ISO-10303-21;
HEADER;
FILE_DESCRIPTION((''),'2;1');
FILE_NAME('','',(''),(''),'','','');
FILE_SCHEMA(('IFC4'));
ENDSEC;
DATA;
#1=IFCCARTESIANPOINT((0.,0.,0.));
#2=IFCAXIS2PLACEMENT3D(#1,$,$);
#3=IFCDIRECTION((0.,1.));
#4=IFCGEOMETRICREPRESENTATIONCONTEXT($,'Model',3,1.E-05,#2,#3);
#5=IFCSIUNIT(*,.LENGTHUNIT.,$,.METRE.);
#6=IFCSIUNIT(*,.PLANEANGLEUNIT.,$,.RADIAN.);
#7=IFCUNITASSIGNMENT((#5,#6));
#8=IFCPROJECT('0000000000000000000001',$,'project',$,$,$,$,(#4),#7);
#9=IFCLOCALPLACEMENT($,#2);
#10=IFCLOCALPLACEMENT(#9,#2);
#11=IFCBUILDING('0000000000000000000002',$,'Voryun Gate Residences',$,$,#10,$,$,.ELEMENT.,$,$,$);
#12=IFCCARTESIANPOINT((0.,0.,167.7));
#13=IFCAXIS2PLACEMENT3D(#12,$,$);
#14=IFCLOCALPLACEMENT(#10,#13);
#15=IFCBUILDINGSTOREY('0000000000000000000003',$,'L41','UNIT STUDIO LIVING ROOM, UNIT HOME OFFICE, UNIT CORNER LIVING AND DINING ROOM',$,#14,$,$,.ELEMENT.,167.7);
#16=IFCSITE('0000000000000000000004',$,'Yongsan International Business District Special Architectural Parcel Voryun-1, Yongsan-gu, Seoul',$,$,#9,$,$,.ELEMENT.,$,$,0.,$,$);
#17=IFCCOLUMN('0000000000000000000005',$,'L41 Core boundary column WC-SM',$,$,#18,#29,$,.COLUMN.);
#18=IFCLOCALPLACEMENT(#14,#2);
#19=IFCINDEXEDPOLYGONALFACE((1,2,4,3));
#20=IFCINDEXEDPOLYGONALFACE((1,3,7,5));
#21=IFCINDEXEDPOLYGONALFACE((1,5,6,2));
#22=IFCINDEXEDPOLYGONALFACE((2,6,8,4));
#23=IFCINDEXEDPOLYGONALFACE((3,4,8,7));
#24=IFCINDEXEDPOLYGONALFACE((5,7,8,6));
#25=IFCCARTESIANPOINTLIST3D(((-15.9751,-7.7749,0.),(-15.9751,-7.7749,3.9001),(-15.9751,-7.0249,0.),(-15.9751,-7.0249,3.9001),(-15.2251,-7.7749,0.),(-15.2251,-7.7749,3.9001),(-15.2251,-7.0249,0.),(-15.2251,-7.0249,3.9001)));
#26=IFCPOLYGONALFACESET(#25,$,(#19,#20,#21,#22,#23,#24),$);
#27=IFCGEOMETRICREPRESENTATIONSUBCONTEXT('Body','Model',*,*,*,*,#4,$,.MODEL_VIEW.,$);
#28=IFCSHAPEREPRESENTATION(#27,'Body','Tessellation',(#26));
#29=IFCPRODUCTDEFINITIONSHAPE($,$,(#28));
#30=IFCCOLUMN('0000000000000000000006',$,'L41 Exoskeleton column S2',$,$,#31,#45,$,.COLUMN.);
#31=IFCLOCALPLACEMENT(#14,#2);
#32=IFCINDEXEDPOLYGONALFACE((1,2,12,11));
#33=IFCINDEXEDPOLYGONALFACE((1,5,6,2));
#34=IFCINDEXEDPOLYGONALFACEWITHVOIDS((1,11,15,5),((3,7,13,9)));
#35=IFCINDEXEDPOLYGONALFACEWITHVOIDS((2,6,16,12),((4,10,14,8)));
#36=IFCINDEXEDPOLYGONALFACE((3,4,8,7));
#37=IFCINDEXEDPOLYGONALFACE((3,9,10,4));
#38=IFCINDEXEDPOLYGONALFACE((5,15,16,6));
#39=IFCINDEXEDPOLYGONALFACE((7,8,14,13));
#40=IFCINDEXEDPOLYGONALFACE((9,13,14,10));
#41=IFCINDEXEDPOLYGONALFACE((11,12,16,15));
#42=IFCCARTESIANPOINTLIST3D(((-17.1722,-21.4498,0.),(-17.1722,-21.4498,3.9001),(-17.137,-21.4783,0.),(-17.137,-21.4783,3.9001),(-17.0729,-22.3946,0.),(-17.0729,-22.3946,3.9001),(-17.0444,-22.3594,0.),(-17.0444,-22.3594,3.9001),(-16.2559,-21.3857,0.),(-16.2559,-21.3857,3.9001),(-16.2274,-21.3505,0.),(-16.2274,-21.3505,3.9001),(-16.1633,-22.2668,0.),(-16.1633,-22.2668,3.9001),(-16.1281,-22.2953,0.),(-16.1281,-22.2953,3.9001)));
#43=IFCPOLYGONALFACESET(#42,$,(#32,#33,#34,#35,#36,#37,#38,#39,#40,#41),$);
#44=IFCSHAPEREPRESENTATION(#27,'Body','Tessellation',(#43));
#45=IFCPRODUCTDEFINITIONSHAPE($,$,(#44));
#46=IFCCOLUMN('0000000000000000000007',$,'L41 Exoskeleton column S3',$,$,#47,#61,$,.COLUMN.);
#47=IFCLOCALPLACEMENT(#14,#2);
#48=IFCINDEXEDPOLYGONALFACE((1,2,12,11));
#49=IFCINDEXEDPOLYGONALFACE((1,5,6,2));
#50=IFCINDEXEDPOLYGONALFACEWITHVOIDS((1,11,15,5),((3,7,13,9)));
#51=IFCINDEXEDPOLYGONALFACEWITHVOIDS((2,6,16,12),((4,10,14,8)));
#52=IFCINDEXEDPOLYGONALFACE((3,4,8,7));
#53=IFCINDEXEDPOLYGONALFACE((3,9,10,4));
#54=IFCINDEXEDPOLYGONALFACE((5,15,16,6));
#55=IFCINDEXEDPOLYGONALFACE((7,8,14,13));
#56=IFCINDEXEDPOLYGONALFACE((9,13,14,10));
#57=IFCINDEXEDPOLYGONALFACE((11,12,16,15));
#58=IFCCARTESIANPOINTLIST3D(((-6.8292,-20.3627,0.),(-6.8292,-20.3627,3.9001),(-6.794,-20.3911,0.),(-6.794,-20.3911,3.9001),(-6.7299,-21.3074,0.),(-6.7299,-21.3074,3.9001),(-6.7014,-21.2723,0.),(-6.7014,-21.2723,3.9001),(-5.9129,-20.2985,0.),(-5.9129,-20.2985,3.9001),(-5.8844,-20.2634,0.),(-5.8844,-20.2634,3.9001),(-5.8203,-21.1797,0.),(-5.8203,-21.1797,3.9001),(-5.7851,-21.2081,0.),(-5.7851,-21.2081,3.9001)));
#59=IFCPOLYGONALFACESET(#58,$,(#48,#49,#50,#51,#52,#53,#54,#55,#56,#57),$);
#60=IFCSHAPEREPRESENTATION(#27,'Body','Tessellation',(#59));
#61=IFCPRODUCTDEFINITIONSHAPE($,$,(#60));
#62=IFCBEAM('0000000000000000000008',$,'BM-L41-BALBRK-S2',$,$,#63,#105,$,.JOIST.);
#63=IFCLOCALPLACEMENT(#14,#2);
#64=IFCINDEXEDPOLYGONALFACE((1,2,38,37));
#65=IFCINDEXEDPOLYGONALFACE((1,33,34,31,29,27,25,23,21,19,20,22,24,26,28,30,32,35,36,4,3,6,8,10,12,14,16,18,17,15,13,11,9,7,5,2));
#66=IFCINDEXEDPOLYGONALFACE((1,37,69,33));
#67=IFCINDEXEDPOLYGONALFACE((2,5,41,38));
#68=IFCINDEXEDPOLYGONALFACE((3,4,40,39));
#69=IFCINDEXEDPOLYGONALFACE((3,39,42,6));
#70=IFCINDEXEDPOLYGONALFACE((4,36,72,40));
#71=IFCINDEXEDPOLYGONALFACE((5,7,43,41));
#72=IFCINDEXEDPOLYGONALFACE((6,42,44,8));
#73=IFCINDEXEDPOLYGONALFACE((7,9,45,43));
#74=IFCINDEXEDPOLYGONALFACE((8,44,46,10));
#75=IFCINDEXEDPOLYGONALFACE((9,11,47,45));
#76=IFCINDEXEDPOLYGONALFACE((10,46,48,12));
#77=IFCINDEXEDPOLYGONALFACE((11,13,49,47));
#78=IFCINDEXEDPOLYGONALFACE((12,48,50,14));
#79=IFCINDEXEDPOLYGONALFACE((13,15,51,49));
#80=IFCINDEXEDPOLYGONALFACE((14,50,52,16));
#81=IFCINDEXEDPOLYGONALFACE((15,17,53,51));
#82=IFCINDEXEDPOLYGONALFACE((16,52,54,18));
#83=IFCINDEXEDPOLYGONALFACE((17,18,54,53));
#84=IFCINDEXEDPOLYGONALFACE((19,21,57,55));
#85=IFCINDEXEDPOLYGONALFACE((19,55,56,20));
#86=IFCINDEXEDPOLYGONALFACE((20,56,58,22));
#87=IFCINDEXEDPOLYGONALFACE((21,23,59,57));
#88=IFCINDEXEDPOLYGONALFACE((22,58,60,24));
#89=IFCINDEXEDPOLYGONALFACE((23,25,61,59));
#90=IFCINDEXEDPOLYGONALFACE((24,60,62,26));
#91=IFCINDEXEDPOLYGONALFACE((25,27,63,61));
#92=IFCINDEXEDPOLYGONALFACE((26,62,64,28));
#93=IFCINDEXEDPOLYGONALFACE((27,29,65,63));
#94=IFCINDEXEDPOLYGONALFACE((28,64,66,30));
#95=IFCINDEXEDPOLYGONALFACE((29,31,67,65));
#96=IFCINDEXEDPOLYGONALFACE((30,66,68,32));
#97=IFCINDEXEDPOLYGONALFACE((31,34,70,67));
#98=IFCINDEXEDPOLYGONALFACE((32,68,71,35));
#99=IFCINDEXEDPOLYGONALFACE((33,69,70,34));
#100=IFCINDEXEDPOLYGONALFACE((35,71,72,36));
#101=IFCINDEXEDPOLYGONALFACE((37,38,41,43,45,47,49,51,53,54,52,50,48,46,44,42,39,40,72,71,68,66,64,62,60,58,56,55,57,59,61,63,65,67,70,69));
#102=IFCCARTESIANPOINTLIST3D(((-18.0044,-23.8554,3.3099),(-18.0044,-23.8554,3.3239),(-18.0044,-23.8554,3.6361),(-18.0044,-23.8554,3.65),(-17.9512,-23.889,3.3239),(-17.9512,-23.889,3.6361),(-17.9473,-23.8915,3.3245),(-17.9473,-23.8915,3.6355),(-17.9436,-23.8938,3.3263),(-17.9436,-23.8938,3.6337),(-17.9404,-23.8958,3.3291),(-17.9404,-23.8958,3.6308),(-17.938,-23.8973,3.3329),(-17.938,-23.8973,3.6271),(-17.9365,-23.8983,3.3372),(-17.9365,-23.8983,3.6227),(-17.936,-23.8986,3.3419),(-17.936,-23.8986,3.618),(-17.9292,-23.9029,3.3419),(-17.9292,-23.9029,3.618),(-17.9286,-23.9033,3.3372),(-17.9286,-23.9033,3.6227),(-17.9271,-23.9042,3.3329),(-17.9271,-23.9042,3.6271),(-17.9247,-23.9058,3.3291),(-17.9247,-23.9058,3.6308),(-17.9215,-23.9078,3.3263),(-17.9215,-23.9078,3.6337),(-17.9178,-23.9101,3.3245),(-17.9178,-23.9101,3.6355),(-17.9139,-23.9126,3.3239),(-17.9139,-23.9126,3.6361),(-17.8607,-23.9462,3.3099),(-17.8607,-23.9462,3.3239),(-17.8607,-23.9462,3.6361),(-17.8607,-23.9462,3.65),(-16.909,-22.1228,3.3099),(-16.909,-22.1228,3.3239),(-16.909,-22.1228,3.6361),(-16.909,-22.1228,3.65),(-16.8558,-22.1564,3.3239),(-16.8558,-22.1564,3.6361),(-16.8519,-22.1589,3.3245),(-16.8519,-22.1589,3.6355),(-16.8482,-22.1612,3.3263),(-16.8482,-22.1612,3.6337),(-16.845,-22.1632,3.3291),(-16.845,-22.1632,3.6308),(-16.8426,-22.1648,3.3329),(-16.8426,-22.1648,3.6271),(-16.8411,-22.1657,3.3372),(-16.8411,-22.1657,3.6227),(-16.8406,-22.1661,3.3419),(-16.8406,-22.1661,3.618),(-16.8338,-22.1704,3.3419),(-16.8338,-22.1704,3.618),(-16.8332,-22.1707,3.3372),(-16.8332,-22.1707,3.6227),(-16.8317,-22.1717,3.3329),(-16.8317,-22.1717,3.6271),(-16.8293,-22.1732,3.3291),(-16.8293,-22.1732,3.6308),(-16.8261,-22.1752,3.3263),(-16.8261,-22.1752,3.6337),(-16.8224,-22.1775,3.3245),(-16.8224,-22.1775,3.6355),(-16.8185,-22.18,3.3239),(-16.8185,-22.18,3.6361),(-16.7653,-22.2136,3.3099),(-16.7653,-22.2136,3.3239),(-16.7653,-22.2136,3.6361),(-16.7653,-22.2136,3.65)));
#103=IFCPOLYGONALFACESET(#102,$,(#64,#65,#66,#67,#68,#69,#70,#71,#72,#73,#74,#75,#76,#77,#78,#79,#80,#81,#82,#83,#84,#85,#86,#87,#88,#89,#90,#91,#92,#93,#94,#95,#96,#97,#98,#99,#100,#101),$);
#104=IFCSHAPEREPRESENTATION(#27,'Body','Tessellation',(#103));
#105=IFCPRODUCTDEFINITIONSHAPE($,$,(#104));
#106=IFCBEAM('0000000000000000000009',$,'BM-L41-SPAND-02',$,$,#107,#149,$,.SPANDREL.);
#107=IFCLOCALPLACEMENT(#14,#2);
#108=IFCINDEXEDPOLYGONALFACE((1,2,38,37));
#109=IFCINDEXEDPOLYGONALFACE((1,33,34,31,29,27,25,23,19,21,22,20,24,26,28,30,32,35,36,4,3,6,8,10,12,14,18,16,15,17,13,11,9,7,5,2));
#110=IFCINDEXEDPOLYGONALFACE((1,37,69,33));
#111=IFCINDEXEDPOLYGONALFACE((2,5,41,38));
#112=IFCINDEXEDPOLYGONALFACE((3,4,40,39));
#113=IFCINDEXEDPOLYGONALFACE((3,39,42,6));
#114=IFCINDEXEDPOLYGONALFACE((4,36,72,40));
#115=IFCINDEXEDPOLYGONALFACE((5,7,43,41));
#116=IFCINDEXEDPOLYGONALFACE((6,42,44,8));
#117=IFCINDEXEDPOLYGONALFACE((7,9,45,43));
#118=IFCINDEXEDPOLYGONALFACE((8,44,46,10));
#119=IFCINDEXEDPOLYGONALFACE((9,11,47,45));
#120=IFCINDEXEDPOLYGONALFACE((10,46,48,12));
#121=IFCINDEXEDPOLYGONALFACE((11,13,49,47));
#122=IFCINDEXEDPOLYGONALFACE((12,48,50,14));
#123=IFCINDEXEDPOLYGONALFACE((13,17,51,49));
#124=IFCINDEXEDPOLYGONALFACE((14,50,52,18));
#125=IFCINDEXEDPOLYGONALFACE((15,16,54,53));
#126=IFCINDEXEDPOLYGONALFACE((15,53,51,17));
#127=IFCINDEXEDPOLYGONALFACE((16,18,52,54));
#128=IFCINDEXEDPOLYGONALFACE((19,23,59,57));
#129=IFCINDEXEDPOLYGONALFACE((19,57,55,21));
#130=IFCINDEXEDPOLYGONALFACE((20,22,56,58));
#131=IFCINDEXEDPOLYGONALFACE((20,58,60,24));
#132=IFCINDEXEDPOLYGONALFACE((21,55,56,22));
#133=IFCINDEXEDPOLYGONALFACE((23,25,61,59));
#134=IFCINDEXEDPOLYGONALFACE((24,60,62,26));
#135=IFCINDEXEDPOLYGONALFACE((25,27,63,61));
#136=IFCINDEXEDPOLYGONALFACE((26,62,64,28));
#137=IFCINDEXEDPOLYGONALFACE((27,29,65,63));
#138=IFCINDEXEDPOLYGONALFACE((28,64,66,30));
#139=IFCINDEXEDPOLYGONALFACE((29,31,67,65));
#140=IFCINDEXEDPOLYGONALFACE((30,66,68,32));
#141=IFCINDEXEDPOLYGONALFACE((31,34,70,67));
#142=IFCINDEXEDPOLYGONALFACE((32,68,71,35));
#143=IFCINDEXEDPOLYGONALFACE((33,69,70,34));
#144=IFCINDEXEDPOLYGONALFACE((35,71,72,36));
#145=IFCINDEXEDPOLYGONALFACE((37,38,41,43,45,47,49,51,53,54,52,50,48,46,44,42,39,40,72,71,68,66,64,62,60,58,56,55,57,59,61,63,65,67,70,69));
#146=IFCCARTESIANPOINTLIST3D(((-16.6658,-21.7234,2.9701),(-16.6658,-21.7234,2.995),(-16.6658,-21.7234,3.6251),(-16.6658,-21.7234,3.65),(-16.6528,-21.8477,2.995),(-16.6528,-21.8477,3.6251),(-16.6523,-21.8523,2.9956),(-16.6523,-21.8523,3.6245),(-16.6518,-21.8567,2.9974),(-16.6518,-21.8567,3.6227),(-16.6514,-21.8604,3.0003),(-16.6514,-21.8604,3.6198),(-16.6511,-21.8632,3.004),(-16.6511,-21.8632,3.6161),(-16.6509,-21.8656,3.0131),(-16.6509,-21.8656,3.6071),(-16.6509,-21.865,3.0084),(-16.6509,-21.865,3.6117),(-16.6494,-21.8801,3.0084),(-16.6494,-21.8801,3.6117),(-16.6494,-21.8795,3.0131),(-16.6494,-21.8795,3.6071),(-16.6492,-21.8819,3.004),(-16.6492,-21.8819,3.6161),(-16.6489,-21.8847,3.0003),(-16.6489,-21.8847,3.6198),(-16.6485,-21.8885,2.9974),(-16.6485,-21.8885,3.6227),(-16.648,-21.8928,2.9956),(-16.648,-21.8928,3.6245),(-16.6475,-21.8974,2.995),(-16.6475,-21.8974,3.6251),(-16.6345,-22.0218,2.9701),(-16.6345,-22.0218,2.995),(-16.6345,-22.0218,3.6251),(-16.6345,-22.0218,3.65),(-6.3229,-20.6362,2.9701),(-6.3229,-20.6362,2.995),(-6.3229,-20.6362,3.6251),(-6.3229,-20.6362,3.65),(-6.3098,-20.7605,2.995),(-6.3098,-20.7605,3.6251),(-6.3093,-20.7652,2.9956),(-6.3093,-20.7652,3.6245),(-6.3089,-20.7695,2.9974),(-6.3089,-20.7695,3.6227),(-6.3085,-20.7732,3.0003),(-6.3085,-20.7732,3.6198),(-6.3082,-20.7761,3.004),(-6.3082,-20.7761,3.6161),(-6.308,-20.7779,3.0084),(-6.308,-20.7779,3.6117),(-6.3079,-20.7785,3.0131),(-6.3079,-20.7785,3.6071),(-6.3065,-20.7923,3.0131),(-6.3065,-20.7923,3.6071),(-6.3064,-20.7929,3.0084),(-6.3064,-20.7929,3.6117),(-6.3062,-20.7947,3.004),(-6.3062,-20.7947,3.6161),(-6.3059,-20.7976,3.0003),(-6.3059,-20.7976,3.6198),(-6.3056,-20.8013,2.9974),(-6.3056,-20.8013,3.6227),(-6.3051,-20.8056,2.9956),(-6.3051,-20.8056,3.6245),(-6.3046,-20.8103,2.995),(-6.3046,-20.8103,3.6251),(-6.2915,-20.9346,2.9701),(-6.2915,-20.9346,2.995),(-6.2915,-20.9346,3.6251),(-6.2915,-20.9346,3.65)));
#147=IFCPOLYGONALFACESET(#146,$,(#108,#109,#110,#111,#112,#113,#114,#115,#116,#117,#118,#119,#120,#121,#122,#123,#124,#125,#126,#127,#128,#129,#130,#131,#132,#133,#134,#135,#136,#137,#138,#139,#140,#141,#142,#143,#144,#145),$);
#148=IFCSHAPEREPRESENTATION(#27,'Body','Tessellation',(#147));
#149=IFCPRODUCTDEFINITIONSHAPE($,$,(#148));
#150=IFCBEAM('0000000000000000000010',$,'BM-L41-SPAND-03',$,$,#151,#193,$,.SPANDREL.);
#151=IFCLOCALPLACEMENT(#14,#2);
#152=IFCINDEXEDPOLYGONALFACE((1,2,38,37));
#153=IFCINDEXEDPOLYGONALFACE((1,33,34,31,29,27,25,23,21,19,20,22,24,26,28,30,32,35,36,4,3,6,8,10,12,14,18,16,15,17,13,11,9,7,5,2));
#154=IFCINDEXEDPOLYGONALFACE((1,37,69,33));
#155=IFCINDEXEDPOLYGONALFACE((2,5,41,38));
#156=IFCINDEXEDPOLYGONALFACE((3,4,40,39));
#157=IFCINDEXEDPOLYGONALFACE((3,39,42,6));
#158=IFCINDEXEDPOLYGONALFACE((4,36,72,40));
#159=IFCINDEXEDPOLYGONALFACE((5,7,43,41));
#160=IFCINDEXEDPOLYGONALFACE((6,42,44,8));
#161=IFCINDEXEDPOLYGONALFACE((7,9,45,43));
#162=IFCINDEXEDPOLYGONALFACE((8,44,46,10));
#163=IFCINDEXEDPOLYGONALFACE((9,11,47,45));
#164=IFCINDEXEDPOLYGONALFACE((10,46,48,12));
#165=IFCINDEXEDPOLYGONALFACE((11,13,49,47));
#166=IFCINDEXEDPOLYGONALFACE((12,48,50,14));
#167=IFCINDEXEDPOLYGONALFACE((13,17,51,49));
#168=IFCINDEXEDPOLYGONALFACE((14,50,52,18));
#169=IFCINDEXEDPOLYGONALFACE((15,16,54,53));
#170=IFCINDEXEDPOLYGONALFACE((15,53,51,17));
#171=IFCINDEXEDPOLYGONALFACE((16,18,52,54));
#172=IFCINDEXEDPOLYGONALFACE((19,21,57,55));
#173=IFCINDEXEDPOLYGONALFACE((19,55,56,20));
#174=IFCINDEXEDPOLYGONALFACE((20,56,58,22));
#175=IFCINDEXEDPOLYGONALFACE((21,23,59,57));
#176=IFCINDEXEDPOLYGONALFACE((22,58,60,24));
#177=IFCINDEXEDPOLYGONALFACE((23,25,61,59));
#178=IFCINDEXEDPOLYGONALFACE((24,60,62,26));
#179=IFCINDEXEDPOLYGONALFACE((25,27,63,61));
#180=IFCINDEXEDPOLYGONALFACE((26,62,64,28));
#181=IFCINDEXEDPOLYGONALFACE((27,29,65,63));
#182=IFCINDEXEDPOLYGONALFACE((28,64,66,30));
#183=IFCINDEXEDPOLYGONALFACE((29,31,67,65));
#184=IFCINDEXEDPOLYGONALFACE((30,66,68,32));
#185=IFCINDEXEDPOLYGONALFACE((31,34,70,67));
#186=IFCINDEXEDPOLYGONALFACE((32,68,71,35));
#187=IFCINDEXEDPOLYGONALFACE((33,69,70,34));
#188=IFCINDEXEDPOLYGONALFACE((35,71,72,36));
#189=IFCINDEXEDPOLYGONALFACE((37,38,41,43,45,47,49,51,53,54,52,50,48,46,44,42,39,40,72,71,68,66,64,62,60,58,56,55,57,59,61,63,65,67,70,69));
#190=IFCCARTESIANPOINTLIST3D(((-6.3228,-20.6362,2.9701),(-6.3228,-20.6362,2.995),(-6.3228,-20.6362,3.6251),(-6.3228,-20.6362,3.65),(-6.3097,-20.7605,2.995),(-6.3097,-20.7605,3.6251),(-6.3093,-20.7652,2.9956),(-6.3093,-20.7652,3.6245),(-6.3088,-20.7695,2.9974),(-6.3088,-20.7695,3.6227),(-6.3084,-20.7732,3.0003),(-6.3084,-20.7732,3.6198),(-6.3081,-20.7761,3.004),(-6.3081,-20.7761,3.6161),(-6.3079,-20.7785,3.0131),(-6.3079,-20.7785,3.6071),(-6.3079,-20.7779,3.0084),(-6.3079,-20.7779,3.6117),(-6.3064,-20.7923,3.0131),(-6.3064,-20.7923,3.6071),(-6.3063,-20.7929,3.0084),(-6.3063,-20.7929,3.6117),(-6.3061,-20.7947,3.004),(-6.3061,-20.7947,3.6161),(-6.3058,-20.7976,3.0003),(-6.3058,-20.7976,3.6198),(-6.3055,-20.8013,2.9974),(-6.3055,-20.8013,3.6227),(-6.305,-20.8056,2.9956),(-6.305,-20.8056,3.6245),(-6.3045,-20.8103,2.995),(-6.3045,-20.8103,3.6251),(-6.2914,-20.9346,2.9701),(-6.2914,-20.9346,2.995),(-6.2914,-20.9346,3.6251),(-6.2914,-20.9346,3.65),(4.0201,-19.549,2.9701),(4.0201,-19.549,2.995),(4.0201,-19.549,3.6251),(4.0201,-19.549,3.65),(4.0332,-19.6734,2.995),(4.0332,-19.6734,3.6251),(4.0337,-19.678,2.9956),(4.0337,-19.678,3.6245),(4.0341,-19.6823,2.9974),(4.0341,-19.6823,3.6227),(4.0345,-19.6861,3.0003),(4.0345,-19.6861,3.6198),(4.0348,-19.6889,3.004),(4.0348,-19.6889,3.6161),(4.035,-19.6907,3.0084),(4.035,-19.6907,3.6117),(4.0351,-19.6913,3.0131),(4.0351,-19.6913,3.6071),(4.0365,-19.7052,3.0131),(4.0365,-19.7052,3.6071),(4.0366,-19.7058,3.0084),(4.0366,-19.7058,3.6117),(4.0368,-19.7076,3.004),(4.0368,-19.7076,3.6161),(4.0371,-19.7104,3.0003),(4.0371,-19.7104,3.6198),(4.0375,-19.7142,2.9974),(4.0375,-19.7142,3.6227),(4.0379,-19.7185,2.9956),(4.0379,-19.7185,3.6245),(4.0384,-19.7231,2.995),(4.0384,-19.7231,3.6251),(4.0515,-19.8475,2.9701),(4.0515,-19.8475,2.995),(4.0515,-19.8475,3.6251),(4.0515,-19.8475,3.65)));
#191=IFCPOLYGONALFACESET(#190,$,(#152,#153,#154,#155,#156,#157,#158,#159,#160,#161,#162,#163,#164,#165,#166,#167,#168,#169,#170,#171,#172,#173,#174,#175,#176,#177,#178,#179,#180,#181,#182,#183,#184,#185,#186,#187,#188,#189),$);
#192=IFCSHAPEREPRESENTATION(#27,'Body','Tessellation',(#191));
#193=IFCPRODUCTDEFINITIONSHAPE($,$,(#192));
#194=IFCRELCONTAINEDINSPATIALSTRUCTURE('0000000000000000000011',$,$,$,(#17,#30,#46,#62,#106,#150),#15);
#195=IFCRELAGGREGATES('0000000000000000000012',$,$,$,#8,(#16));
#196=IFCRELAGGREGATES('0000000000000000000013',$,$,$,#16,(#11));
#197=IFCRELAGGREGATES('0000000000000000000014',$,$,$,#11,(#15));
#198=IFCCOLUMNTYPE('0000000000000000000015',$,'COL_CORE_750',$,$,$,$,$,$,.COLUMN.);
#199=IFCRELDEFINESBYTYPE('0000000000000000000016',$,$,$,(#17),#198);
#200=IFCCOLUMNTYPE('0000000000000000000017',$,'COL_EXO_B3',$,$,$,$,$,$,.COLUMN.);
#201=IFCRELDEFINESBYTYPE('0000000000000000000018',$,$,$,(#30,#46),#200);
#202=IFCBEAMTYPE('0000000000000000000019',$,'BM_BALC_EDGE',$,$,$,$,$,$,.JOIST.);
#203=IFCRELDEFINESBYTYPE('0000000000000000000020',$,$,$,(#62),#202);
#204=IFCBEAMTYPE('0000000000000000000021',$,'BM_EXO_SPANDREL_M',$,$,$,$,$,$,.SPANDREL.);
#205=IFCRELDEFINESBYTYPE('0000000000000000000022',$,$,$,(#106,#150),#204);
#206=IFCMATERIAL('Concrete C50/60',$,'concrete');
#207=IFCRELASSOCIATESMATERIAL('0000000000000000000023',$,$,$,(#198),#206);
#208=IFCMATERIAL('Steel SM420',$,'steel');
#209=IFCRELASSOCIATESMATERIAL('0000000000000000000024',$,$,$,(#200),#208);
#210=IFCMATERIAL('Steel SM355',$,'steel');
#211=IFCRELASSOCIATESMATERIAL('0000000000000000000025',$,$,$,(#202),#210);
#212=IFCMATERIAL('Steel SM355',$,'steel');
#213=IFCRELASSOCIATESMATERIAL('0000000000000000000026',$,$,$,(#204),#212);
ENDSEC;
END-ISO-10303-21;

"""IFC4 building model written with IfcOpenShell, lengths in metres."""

from ifc_helpers import new_model, si_unit, direction, frame, origin, origin_2d, place, context, subcontext, project, spatial, rectangle, hollow_rectangle, i_section, extrude, material, material_profile, profile_set, type_object, element, save


model = new_model("IFC4")

# Units and contexts
model_context = context("Model", 3, precision=1e-05, world=origin(), true_north=direction((0.0, 1.0)))
body_context = subcontext(model_context, "Body", "Model", "MODEL_VIEW")
ifc_project = project(units=[si_unit("LENGTHUNIT", "METRE"), si_unit("PLANEANGLEUNIT", "RADIAN")], contexts=[model_context])

# Site, building, storey
site_placement = place(None, origin())
site = spatial("IfcSite", under=ifc_project, at=site_placement, Name="Yongsan International Business District Special Architectural Parcel Voryun-1, Yongsan-gu, Seoul", CompositionType="ELEMENT", RefElevation=0.0)
building_placement = place(site_placement, origin())
building = spatial("IfcBuilding", under=site, at=building_placement, Name="Voryun Gate Residences", CompositionType="ELEMENT")
storey_placement = place(building_placement, frame((0.0, 0.0, 167.7)))
storey = spatial("IfcBuildingStorey", under=building, at=storey_placement, Name="L41", Description="UNIT STUDIO LIVING ROOM, UNIT HOME OFFICE, UNIT CORNER LIVING AND DINING ROOM", CompositionType="ELEMENT", Elevation=167.7)

# Columns
ifc_material_1 = material(Name="Concrete C50/60", Category="concrete")
ifc_material_profile_1 = material_profile(ifc_material_1, rectangle(XDim=0.75, YDim=0.75, at=origin_2d()), Name="RC-750x750")
ifc_profile_set_1 = profile_set([ifc_material_profile_1], Name="Concrete C50/60")
column_type_1 = type_object("IfcColumnType", Name="COL_CORE_750", PredefinedType="COLUMN", material=ifc_profile_set_1)
column_placement = place(storey_placement, frame((-15.6001, -7.3999, 0.0), z_axis=(0.0, 0.0, 1.0), x_axis=(1.0, 0.0, 0.0)))
element("IfcColumn", 1, at=column_placement, inside=storey, type_object=column_type_1, Name="L41 Core boundary column WC-SM", PredefinedType="COLUMN", context=body_context, shape_type="SweptSolid", body=[
    extrude(rectangle(XDim=0.75, YDim=0.75, at=origin_2d()), origin(), (0.0, 0.0, 1.0), 3.9001),
])
ifc_material_2 = material(Name="Steel SM420", Category="steel")
ifc_material_profile_2 = material_profile(ifc_material_2, hollow_rectangle(XDim=0.95, YDim=0.95, WallThickness=0.032, at=origin_2d()), Name="BOX-950x950x32")
ifc_profile_set_2 = profile_set([ifc_material_profile_2], Name="Steel SM420")
column_type_2 = type_object("IfcColumnType", Name="COL_EXO_B3", PredefinedType="COLUMN", material=ifc_profile_set_2)
for number, where, z_axis, x_axis, name in (
    (2, (-16.6501, -21.8726, 0.0), (0.0, 0.0, 1.0), (0.994522, 0.104528, 0.0), "L41 Exoskeleton column S2"),
    (3, (-6.3071, -20.7854, 0.0), (0.0, 0.0, 1.0), (0.994522, 0.104528, 0.0), "L41 Exoskeleton column S3"),
):
    element("IfcColumn", number, at=place(storey_placement, frame(where, z_axis=z_axis, x_axis=x_axis)), inside=storey, type_object=column_type_2, Name=name, PredefinedType="COLUMN", context=body_context, shape_type="SweptSolid", body=[
        extrude(hollow_rectangle(XDim=0.95, YDim=0.95, WallThickness=0.032, at=origin_2d()), origin(), (0.0, 0.0, 1.0), 3.9001),
    ])

# Beams
ifc_material_3 = material(Name="Steel SM355", Category="steel")
ifc_material_profile_3 = material_profile(ifc_material_3, i_section(OverallWidth=0.1699, OverallDepth=0.3401, WebThickness=0.0081, FlangeThickness=0.0139, FilletRadius=0.0181, at=origin_2d()), Name="H-340x170x8x14")
ifc_profile_set_3 = profile_set([ifc_material_profile_3], Name="Steel SM355")
beam_type_1 = type_object("IfcBeamType", Name="BM_BALC_EDGE", PredefinedType="JOIST", material=ifc_profile_set_3)
beam_placement = place(storey_placement, frame((-16.8372, -22.1682, 3.48), z_axis=(-0.534392, -0.845237, 0.0), x_axis=(0.845237, -0.534392, 0.0)))
element("IfcBeam", 4, at=beam_placement, inside=storey, type_object=beam_type_1, Name="BM-L41-BALBRK-S2", PredefinedType="JOIST", context=body_context, shape_type="SweptSolid", body=[
    extrude(i_section(OverallWidth=0.1699, OverallDepth=0.3401, WebThickness=0.0081, FlangeThickness=0.0139, FilletRadius=0.0181, at=origin_2d()), origin(), (0.0, 0.0, 1.0), 2.0498),
])
ifc_material_4 = material(Name="Steel SM355", Category="steel")
ifc_material_profile_4 = material_profile(ifc_material_4, i_section(OverallWidth=0.3, OverallDepth=0.6799, WebThickness=0.0139, FlangeThickness=0.0249, FilletRadius=0.0181, at=origin_2d()), Name="H-680x300x14x25")
ifc_profile_set_4 = profile_set([ifc_material_profile_4], Name="Steel SM355")
beam_type_2 = type_object("IfcBeamType", Name="BM_EXO_SPANDREL_M", PredefinedType="SPANDREL", material=ifc_profile_set_4)
for number, where, z_axis, x_axis, name in (
    (5, (-16.6501, -21.8726, 3.3101), (0.994521, 0.104534, 0.0), (-0.104534, 0.994521, 0.0), "BM-L41-SPAND-02"),
    (6, (-6.3071, -20.7854, 3.3101), (0.994521, 0.104534, 0.0), (-0.104534, 0.994521, 0.0), "BM-L41-SPAND-03"),
):
    element("IfcBeam", number, at=place(storey_placement, frame(where, z_axis=z_axis, x_axis=x_axis)), inside=storey, type_object=beam_type_2, Name=name, PredefinedType="SPANDREL", context=body_context, shape_type="SweptSolid", body=[
        extrude(i_section(OverallWidth=0.3, OverallDepth=0.6799, WebThickness=0.0139, FlangeThickness=0.0249, FilletRadius=0.0181, at=origin_2d()), origin(), (0.0, 0.0, 1.0), 10.3999),
    ])

save(model, "model.ifc")
